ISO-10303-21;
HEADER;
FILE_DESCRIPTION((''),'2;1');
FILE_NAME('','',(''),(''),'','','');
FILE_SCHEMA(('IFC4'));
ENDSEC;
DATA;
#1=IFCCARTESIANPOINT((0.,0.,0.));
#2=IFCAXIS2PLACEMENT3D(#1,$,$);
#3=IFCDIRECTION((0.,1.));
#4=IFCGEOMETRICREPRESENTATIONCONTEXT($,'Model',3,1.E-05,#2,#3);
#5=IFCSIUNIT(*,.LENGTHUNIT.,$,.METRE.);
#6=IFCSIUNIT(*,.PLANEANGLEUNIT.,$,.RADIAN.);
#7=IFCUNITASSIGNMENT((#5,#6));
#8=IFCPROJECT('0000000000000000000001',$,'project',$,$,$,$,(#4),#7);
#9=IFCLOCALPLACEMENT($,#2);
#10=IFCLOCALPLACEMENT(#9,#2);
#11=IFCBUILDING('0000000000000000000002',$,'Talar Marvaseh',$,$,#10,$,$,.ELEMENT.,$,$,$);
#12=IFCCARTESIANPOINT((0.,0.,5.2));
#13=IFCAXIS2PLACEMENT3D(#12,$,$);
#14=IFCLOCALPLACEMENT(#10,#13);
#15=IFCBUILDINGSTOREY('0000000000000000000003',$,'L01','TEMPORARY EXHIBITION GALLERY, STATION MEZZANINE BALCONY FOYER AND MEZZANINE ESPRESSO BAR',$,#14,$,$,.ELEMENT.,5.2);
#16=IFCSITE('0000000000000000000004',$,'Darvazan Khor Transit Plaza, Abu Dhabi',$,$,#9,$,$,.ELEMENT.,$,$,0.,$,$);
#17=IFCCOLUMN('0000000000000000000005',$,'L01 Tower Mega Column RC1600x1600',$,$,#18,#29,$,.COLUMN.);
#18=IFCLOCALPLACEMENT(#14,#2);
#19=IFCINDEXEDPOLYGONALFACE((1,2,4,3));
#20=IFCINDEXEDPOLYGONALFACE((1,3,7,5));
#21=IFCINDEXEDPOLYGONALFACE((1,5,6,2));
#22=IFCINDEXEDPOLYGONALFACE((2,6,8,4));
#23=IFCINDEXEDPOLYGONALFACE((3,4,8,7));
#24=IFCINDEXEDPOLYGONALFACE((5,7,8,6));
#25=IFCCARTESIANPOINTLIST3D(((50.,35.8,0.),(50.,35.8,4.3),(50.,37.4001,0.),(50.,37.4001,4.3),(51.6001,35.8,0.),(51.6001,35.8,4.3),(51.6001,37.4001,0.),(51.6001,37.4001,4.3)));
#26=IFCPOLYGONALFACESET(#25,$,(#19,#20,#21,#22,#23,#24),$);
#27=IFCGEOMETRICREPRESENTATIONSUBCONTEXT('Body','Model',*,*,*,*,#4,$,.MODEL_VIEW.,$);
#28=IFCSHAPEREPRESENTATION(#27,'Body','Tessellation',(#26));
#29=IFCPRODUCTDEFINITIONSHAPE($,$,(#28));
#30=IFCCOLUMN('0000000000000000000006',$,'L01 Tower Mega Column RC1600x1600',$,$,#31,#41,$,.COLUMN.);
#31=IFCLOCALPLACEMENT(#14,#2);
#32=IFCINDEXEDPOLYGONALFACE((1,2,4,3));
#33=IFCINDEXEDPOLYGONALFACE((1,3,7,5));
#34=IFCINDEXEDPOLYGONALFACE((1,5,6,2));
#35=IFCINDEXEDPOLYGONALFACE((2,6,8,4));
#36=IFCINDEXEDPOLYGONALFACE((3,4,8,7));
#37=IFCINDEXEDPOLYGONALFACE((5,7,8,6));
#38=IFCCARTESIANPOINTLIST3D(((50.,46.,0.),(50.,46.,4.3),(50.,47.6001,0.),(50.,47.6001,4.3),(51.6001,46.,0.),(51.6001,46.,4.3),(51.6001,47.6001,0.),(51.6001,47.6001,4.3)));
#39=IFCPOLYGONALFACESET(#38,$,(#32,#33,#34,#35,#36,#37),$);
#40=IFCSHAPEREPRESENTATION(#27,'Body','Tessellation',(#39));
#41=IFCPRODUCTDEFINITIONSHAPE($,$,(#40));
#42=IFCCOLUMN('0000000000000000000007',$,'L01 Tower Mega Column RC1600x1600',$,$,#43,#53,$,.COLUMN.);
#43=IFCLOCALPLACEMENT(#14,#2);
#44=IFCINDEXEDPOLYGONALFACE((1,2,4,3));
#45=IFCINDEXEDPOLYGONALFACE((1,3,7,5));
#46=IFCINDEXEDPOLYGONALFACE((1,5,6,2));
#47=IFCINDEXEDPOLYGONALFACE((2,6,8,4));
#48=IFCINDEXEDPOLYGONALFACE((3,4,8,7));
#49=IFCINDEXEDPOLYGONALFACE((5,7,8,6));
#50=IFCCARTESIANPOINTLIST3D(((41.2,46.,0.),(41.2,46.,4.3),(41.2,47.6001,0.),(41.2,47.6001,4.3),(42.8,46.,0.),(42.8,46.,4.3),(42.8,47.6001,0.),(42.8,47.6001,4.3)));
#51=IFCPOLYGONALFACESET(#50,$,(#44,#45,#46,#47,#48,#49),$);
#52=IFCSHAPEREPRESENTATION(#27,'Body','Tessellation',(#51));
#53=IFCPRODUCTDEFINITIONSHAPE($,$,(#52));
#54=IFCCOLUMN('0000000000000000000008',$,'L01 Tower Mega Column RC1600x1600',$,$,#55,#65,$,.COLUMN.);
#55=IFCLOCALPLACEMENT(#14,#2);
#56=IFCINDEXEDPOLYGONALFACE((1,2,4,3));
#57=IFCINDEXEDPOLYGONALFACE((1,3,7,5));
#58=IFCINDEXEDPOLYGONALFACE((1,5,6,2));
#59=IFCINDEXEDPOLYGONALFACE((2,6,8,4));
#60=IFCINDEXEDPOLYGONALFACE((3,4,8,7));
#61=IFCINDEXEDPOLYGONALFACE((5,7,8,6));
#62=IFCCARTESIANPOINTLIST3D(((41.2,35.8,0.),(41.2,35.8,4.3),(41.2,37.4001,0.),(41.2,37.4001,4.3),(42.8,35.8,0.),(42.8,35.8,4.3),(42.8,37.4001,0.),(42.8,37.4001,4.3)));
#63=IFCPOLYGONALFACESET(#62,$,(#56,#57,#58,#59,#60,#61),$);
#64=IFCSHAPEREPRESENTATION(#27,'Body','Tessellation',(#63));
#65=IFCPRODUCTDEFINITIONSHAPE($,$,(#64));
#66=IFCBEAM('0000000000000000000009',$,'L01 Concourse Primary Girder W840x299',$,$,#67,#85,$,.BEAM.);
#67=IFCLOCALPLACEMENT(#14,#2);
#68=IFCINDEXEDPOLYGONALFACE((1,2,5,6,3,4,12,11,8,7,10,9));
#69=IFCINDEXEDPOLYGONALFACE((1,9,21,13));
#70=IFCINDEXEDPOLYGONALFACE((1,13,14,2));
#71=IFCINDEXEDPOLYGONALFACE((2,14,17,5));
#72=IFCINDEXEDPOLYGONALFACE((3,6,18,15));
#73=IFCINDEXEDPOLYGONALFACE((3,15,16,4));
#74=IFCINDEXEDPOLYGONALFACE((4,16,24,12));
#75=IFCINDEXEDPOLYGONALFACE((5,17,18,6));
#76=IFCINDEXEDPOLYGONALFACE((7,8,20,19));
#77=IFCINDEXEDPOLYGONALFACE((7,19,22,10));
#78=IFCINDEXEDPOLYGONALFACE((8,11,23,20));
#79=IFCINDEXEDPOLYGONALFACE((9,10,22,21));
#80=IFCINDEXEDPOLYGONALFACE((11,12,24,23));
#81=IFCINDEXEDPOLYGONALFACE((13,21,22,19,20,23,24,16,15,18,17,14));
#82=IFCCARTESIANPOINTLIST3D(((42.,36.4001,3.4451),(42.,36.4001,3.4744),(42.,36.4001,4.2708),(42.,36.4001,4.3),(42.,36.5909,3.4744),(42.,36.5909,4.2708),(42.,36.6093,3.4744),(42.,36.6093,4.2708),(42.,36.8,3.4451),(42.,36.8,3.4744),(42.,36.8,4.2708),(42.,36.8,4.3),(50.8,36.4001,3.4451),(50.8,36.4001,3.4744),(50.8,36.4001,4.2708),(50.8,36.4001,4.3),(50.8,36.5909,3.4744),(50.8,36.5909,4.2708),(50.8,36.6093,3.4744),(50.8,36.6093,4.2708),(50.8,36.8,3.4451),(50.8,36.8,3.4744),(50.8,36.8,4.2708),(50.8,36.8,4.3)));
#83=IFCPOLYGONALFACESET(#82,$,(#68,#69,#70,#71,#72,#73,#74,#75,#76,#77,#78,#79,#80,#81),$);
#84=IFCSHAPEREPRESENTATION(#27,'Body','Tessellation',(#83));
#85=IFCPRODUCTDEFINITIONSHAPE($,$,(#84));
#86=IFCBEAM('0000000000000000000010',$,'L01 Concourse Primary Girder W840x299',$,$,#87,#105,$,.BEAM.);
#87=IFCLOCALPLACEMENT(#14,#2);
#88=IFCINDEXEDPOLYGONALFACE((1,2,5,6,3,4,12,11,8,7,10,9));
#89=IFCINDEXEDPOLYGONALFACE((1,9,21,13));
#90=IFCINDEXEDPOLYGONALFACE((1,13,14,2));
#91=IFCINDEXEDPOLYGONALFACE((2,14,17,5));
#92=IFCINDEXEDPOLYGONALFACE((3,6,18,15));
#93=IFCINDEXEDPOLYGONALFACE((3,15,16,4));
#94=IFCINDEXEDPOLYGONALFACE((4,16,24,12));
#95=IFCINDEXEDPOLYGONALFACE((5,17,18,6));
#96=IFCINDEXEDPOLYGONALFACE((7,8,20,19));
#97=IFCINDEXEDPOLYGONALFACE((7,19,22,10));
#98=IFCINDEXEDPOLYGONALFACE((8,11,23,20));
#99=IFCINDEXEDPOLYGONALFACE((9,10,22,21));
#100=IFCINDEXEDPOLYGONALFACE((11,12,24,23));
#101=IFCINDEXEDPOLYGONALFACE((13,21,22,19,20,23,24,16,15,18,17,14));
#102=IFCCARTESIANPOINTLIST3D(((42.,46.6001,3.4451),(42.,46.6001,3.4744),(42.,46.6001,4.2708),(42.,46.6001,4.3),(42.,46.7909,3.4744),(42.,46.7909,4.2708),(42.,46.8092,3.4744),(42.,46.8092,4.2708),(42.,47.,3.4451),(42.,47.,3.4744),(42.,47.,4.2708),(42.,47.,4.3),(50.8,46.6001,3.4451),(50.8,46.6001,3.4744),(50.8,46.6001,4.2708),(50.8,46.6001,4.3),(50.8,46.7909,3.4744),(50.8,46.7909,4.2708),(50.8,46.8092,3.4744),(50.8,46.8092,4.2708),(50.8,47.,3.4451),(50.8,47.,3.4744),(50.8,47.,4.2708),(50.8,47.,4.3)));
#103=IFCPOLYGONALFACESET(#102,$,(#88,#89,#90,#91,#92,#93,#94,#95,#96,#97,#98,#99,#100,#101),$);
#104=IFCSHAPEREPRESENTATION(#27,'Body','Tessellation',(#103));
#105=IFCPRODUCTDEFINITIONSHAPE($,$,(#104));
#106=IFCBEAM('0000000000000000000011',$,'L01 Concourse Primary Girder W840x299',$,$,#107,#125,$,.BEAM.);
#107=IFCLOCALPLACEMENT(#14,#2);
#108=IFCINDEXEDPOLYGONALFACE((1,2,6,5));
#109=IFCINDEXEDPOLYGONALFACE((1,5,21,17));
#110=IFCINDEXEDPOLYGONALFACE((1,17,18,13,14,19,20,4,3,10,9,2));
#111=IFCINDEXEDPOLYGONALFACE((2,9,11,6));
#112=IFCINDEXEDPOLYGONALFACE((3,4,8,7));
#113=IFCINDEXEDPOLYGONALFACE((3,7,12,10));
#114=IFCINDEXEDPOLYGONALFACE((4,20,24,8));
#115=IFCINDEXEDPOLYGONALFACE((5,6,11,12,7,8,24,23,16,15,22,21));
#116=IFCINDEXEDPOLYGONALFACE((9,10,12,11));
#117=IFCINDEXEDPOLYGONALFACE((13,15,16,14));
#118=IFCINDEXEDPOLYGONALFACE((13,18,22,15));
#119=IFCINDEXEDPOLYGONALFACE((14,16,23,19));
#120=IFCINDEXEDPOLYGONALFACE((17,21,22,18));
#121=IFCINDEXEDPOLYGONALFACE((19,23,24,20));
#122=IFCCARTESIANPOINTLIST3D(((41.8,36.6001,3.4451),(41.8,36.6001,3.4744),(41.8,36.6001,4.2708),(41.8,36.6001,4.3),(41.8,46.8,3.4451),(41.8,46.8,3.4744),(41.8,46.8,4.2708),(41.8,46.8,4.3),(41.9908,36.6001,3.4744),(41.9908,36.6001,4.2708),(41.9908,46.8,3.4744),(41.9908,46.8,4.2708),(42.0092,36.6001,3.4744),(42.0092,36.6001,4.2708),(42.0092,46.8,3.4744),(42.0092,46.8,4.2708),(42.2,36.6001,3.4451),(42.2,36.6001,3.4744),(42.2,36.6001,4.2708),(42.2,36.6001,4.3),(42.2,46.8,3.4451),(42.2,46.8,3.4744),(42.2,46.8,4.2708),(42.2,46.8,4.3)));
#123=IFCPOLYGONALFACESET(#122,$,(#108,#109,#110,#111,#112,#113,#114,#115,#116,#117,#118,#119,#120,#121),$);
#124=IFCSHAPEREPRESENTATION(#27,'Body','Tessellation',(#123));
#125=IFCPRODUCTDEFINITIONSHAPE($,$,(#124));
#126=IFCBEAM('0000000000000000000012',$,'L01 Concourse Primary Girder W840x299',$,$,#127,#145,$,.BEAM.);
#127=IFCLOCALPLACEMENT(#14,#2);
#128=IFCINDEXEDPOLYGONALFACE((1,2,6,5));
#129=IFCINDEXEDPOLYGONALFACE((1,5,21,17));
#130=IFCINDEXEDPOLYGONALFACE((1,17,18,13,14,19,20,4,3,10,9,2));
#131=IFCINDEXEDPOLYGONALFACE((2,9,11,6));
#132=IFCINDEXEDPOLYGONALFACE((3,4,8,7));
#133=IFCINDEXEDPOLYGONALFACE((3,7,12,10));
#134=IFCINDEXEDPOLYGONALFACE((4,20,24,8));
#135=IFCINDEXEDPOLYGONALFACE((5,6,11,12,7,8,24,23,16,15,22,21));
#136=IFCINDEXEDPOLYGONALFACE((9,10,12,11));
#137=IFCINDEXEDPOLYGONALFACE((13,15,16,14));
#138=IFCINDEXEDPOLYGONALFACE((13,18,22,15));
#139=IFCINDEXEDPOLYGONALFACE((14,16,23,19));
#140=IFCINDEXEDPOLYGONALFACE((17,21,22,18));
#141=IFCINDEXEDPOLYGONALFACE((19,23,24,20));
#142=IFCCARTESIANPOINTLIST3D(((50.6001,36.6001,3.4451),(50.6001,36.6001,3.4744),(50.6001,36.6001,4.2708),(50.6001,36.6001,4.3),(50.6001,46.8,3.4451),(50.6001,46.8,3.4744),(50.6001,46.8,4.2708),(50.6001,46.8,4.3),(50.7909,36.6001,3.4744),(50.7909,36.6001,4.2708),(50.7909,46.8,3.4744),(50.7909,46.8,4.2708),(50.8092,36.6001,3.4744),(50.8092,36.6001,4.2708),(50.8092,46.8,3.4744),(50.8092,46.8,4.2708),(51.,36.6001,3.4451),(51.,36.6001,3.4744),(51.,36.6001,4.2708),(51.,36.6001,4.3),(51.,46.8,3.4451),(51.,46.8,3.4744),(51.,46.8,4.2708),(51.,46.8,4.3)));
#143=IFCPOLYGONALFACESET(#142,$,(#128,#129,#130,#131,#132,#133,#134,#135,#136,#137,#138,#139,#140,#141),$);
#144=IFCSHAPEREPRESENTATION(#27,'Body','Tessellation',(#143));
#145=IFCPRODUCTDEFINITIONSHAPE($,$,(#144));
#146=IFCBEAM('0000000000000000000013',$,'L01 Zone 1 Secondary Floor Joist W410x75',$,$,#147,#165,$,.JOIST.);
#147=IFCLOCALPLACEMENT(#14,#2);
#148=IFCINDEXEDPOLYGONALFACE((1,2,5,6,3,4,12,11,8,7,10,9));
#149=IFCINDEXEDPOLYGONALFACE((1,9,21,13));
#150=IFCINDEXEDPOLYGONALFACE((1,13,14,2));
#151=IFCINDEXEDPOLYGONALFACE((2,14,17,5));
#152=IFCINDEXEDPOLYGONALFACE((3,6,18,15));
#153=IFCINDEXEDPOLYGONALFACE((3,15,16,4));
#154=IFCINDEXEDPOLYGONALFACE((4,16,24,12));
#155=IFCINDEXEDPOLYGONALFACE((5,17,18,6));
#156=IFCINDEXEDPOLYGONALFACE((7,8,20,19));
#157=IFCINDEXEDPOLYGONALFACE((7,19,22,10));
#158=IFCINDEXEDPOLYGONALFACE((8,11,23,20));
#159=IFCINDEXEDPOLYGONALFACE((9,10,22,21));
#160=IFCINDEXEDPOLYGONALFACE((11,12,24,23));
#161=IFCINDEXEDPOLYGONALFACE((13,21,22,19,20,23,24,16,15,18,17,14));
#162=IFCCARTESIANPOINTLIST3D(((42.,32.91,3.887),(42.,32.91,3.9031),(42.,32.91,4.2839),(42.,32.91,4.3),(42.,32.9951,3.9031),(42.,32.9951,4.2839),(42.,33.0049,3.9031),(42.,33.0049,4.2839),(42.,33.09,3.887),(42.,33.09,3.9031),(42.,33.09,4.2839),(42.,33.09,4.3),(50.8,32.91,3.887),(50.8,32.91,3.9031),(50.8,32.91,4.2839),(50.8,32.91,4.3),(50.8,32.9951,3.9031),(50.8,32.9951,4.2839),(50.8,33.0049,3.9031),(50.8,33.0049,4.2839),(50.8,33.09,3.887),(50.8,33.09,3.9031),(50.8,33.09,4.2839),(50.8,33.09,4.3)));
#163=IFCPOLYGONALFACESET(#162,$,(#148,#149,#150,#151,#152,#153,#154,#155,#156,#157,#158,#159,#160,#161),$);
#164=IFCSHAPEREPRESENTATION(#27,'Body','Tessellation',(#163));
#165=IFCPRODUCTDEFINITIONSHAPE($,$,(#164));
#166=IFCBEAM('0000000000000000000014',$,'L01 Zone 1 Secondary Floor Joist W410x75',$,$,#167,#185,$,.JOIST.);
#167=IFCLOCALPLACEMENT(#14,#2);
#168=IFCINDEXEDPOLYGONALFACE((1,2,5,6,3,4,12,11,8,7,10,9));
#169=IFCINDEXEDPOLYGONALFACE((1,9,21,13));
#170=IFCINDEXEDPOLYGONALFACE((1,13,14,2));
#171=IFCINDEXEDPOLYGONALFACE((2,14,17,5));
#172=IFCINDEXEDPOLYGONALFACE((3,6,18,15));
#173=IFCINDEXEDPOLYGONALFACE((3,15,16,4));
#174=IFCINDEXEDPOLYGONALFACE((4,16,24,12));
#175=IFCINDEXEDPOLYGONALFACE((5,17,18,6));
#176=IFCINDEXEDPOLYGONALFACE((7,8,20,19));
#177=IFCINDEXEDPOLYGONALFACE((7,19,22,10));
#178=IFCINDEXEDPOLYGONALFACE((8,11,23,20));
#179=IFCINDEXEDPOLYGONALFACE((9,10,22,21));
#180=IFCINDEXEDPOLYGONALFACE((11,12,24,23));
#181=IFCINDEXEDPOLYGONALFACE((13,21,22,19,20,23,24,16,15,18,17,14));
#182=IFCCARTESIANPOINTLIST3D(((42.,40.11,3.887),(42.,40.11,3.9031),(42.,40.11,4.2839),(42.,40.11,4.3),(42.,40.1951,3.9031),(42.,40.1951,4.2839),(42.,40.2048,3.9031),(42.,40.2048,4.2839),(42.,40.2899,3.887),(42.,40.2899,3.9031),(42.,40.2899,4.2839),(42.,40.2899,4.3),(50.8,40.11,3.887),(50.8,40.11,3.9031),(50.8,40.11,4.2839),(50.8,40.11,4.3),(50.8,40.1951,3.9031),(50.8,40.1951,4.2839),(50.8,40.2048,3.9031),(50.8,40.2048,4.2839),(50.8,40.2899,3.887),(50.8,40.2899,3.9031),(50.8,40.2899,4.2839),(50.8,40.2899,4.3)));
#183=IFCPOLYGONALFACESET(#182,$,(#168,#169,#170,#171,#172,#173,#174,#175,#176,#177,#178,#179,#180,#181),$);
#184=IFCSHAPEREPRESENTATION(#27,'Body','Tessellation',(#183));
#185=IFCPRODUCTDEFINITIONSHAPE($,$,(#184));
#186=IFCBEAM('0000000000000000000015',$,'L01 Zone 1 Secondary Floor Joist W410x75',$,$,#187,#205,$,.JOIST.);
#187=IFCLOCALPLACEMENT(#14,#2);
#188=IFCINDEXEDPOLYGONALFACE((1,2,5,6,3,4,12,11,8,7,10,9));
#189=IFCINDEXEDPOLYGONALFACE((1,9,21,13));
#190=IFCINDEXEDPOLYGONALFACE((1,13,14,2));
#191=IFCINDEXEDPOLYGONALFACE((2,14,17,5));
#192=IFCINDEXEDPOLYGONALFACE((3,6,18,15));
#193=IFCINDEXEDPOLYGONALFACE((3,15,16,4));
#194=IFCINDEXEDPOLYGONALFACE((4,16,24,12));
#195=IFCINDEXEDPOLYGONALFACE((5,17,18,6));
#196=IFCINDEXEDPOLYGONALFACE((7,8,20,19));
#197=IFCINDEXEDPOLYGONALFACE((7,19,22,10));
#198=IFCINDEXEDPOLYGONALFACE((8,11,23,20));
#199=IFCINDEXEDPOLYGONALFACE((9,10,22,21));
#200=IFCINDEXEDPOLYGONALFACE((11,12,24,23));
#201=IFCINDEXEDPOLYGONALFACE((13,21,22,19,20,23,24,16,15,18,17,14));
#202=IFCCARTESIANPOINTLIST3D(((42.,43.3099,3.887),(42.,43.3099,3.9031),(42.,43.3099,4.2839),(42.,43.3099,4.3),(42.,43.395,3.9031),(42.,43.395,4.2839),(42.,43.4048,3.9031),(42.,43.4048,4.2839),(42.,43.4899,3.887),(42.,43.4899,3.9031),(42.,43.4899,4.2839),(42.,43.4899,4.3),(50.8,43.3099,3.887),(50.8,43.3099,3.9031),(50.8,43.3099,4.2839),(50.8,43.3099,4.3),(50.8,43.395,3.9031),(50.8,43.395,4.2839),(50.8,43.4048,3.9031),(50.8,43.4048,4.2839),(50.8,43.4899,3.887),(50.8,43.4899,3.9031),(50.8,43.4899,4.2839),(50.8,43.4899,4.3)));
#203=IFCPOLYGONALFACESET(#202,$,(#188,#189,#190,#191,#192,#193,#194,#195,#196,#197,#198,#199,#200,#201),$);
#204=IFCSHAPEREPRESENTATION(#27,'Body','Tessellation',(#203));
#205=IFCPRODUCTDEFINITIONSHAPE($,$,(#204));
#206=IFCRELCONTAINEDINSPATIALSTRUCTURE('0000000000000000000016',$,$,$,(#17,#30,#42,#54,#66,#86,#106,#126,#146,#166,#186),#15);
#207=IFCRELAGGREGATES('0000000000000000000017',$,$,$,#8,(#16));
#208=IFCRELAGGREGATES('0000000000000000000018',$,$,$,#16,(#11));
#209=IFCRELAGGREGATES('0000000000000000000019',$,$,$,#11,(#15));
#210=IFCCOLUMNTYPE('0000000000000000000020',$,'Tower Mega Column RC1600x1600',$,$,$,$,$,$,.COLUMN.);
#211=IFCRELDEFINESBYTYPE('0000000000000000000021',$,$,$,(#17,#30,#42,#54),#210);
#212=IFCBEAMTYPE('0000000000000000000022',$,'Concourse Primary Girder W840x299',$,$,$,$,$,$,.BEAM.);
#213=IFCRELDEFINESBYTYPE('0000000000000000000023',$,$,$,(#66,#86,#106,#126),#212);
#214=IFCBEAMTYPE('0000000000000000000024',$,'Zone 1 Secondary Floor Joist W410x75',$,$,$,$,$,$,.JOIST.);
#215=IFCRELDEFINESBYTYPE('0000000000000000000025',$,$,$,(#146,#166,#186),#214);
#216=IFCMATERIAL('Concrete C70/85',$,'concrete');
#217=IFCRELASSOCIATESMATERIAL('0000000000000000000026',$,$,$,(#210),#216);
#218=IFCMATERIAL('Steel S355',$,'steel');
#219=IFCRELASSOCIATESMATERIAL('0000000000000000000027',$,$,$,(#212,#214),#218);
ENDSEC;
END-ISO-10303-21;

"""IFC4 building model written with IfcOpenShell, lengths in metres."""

from ifc_helpers import new_model, si_unit, direction, frame, origin, origin_2d, place, context, subcontext, project, spatial, rectangle, i_section, extrude, material, material_profile, profile_set, type_object, element, save


model = new_model("IFC4")

# Units and contexts
model_context = context("Model", 3, precision=1e-05, world=origin(), true_north=direction((0.0, 1.0)))
body_context = subcontext(model_context, "Body", "Model", "MODEL_VIEW")
ifc_project = project(units=[si_unit("LENGTHUNIT", "METRE"), si_unit("PLANEANGLEUNIT", "RADIAN")], contexts=[model_context])

# Site, building, storey
site_placement = place(None, origin())
site = spatial("IfcSite", under=ifc_project, at=site_placement, Name="Darvazan Khor Transit Plaza, Abu Dhabi", CompositionType="ELEMENT", RefElevation=0.0)
building_placement = place(site_placement, origin())
building = spatial("IfcBuilding", under=site, at=building_placement, Name="Talar Marvaseh", CompositionType="ELEMENT")
storey_placement = place(building_placement, frame((0.0, 0.0, 5.2)))
storey = spatial("IfcBuildingStorey", under=building, at=storey_placement, Name="L01", Description="TEMPORARY EXHIBITION GALLERY, STATION MEZZANINE BALCONY FOYER AND MEZZANINE ESPRESSO BAR", CompositionType="ELEMENT", Elevation=5.2)

# Columns
ifc_material_1 = material(Name="Concrete C70/85", Category="concrete")
ifc_material_profile_1 = material_profile(ifc_material_1, rectangle(XDim=1.6001, YDim=1.6001, at=origin_2d()), Name="RC1600x1600")
ifc_profile_set_1 = profile_set([ifc_material_profile_1], Name="Concrete C70/85")
column_type = type_object("IfcColumnType", Name="Tower Mega Column RC1600x1600", PredefinedType="COLUMN", material=ifc_profile_set_1)
for number, where, z_axis, x_axis, name in (
    (1, (50.8, 36.6001, 0.0), (0.0, 0.0, 1.0), (1.0, 0.0, 0.0), "L01 Tower Mega Column RC1600x1600"),
    (2, (50.8, 46.8, 0.0), (0.0, 0.0, 1.0), (1.0, 0.0, 0.0), "L01 Tower Mega Column RC1600x1600"),
    (3, (42.0, 46.8, 0.0), (0.0, 0.0, 1.0), (1.0, 0.0, 0.0), "L01 Tower Mega Column RC1600x1600"),
    (4, (42.0, 36.6001, 0.0), (0.0, 0.0, 1.0), (1.0, 0.0, 0.0), "L01 Tower Mega Column RC1600x1600"),
):
    element("IfcColumn", number, at=place(storey_placement, frame(where, z_axis=z_axis, x_axis=x_axis)), inside=storey, type_object=column_type, Name=name, PredefinedType="COLUMN", context=body_context, shape_type="SweptSolid", body=[
        extrude(rectangle(XDim=1.6001, YDim=1.6001, at=origin_2d()), origin(), (0.0, 0.0, 1.0), 4.3),
    ])

# Beams
ifc_material_2 = material(Name="Steel S355", Category="steel")
ifc_material_profile_2 = material_profile(ifc_material_2, i_section(OverallWidth=0.3999, OverallDepth=0.855, WebThickness=0.0183, FlangeThickness=0.0293, at=origin_2d()), Name="W840x299")
ifc_profile_set_2 = profile_set([ifc_material_profile_2], Name="Steel S355")
beam_type_1 = type_object("IfcBeamType", Name="Concourse Primary Girder W840x299", PredefinedType="BEAM", material=ifc_profile_set_2)
for number, where, z_axis, x_axis, name in (
    (5, (42.0, 36.6001, 3.8726), (1.0, 0.0, 0.0), (0.0, 1.0, 0.0), "L01 Concourse Primary Girder W840x299"),
    (6, (42.0, 46.8, 3.8726), (1.0, 0.0, 0.0), (0.0, 1.0, 0.0), "L01 Concourse Primary Girder W840x299"),
):
    element("IfcBeam", number, at=place(storey_placement, frame(where, z_axis=z_axis, x_axis=x_axis)), inside=storey, type_object=beam_type_1, Name=name, PredefinedType="BEAM", context=body_context, shape_type="SweptSolid", body=[
        extrude(i_section(OverallWidth=0.3999, OverallDepth=0.855, WebThickness=0.0183, FlangeThickness=0.0293, at=origin_2d()), origin(), (0.0, 0.0, 1.0), 8.8),
    ])
for number, where, z_axis, x_axis, name in (
    (7, (42.0, 36.6001, 3.8726), (0.0, 1.0, 0.0), (-1.0, 0.0, 0.0), "L01 Concourse Primary Girder W840x299"),
    (8, (50.8, 36.6001, 3.8726), (0.0, 1.0, 0.0), (-1.0, 0.0, 0.0), "L01 Concourse Primary Girder W840x299"),
):
    element("IfcBeam", number, at=place(storey_placement, frame(where, z_axis=z_axis, x_axis=x_axis)), inside=storey, type_object=beam_type_1, Name=name, PredefinedType="BEAM", context=body_context, shape_type="SweptSolid", body=[
        extrude(i_section(OverallWidth=0.3999, OverallDepth=0.855, WebThickness=0.0183, FlangeThickness=0.0293, at=origin_2d()), origin(), (0.0, 0.0, 1.0), 10.2),
    ])
ifc_material_profile_3 = material_profile(ifc_material_2, i_section(OverallWidth=0.1799, OverallDepth=0.4131, WebThickness=0.0098, FlangeThickness=0.0161, at=origin_2d()), Name="W410x75")
ifc_profile_set_3 = profile_set([ifc_material_profile_3], Name="Steel S355")
beam_type_2 = type_object("IfcBeamType", Name="Zone 1 Secondary Floor Joist W410x75", PredefinedType="JOIST", material=ifc_profile_set_3)
for number, where, z_axis, x_axis, name in (
    (9, (42.0, 33.0, 4.0935), (1.0, 0.0, 0.0), (0.0, 1.0, 0.0), "L01 Zone 1 Secondary Floor Joist W410x75"),
    (10, (42.0, 40.2, 4.0935), (1.0, 0.0, 0.0), (0.0, 1.0, 0.0), "L01 Zone 1 Secondary Floor Joist W410x75"),
    (11, (42.0, 43.3999, 4.0935), (1.0, 0.0, 0.0), (0.0, 1.0, 0.0), "L01 Zone 1 Secondary Floor Joist W410x75"),
):
    element("IfcBeam", number, at=place(storey_placement, frame(where, z_axis=z_axis, x_axis=x_axis)), inside=storey, type_object=beam_type_2, Name=name, PredefinedType="JOIST", context=body_context, shape_type="SweptSolid", body=[
        extrude(i_section(OverallWidth=0.1799, OverallDepth=0.4131, WebThickness=0.0098, FlangeThickness=0.0161, at=origin_2d()), origin(), (0.0, 0.0, 1.0), 8.8),
    ])

save(model, "model.ifc")
